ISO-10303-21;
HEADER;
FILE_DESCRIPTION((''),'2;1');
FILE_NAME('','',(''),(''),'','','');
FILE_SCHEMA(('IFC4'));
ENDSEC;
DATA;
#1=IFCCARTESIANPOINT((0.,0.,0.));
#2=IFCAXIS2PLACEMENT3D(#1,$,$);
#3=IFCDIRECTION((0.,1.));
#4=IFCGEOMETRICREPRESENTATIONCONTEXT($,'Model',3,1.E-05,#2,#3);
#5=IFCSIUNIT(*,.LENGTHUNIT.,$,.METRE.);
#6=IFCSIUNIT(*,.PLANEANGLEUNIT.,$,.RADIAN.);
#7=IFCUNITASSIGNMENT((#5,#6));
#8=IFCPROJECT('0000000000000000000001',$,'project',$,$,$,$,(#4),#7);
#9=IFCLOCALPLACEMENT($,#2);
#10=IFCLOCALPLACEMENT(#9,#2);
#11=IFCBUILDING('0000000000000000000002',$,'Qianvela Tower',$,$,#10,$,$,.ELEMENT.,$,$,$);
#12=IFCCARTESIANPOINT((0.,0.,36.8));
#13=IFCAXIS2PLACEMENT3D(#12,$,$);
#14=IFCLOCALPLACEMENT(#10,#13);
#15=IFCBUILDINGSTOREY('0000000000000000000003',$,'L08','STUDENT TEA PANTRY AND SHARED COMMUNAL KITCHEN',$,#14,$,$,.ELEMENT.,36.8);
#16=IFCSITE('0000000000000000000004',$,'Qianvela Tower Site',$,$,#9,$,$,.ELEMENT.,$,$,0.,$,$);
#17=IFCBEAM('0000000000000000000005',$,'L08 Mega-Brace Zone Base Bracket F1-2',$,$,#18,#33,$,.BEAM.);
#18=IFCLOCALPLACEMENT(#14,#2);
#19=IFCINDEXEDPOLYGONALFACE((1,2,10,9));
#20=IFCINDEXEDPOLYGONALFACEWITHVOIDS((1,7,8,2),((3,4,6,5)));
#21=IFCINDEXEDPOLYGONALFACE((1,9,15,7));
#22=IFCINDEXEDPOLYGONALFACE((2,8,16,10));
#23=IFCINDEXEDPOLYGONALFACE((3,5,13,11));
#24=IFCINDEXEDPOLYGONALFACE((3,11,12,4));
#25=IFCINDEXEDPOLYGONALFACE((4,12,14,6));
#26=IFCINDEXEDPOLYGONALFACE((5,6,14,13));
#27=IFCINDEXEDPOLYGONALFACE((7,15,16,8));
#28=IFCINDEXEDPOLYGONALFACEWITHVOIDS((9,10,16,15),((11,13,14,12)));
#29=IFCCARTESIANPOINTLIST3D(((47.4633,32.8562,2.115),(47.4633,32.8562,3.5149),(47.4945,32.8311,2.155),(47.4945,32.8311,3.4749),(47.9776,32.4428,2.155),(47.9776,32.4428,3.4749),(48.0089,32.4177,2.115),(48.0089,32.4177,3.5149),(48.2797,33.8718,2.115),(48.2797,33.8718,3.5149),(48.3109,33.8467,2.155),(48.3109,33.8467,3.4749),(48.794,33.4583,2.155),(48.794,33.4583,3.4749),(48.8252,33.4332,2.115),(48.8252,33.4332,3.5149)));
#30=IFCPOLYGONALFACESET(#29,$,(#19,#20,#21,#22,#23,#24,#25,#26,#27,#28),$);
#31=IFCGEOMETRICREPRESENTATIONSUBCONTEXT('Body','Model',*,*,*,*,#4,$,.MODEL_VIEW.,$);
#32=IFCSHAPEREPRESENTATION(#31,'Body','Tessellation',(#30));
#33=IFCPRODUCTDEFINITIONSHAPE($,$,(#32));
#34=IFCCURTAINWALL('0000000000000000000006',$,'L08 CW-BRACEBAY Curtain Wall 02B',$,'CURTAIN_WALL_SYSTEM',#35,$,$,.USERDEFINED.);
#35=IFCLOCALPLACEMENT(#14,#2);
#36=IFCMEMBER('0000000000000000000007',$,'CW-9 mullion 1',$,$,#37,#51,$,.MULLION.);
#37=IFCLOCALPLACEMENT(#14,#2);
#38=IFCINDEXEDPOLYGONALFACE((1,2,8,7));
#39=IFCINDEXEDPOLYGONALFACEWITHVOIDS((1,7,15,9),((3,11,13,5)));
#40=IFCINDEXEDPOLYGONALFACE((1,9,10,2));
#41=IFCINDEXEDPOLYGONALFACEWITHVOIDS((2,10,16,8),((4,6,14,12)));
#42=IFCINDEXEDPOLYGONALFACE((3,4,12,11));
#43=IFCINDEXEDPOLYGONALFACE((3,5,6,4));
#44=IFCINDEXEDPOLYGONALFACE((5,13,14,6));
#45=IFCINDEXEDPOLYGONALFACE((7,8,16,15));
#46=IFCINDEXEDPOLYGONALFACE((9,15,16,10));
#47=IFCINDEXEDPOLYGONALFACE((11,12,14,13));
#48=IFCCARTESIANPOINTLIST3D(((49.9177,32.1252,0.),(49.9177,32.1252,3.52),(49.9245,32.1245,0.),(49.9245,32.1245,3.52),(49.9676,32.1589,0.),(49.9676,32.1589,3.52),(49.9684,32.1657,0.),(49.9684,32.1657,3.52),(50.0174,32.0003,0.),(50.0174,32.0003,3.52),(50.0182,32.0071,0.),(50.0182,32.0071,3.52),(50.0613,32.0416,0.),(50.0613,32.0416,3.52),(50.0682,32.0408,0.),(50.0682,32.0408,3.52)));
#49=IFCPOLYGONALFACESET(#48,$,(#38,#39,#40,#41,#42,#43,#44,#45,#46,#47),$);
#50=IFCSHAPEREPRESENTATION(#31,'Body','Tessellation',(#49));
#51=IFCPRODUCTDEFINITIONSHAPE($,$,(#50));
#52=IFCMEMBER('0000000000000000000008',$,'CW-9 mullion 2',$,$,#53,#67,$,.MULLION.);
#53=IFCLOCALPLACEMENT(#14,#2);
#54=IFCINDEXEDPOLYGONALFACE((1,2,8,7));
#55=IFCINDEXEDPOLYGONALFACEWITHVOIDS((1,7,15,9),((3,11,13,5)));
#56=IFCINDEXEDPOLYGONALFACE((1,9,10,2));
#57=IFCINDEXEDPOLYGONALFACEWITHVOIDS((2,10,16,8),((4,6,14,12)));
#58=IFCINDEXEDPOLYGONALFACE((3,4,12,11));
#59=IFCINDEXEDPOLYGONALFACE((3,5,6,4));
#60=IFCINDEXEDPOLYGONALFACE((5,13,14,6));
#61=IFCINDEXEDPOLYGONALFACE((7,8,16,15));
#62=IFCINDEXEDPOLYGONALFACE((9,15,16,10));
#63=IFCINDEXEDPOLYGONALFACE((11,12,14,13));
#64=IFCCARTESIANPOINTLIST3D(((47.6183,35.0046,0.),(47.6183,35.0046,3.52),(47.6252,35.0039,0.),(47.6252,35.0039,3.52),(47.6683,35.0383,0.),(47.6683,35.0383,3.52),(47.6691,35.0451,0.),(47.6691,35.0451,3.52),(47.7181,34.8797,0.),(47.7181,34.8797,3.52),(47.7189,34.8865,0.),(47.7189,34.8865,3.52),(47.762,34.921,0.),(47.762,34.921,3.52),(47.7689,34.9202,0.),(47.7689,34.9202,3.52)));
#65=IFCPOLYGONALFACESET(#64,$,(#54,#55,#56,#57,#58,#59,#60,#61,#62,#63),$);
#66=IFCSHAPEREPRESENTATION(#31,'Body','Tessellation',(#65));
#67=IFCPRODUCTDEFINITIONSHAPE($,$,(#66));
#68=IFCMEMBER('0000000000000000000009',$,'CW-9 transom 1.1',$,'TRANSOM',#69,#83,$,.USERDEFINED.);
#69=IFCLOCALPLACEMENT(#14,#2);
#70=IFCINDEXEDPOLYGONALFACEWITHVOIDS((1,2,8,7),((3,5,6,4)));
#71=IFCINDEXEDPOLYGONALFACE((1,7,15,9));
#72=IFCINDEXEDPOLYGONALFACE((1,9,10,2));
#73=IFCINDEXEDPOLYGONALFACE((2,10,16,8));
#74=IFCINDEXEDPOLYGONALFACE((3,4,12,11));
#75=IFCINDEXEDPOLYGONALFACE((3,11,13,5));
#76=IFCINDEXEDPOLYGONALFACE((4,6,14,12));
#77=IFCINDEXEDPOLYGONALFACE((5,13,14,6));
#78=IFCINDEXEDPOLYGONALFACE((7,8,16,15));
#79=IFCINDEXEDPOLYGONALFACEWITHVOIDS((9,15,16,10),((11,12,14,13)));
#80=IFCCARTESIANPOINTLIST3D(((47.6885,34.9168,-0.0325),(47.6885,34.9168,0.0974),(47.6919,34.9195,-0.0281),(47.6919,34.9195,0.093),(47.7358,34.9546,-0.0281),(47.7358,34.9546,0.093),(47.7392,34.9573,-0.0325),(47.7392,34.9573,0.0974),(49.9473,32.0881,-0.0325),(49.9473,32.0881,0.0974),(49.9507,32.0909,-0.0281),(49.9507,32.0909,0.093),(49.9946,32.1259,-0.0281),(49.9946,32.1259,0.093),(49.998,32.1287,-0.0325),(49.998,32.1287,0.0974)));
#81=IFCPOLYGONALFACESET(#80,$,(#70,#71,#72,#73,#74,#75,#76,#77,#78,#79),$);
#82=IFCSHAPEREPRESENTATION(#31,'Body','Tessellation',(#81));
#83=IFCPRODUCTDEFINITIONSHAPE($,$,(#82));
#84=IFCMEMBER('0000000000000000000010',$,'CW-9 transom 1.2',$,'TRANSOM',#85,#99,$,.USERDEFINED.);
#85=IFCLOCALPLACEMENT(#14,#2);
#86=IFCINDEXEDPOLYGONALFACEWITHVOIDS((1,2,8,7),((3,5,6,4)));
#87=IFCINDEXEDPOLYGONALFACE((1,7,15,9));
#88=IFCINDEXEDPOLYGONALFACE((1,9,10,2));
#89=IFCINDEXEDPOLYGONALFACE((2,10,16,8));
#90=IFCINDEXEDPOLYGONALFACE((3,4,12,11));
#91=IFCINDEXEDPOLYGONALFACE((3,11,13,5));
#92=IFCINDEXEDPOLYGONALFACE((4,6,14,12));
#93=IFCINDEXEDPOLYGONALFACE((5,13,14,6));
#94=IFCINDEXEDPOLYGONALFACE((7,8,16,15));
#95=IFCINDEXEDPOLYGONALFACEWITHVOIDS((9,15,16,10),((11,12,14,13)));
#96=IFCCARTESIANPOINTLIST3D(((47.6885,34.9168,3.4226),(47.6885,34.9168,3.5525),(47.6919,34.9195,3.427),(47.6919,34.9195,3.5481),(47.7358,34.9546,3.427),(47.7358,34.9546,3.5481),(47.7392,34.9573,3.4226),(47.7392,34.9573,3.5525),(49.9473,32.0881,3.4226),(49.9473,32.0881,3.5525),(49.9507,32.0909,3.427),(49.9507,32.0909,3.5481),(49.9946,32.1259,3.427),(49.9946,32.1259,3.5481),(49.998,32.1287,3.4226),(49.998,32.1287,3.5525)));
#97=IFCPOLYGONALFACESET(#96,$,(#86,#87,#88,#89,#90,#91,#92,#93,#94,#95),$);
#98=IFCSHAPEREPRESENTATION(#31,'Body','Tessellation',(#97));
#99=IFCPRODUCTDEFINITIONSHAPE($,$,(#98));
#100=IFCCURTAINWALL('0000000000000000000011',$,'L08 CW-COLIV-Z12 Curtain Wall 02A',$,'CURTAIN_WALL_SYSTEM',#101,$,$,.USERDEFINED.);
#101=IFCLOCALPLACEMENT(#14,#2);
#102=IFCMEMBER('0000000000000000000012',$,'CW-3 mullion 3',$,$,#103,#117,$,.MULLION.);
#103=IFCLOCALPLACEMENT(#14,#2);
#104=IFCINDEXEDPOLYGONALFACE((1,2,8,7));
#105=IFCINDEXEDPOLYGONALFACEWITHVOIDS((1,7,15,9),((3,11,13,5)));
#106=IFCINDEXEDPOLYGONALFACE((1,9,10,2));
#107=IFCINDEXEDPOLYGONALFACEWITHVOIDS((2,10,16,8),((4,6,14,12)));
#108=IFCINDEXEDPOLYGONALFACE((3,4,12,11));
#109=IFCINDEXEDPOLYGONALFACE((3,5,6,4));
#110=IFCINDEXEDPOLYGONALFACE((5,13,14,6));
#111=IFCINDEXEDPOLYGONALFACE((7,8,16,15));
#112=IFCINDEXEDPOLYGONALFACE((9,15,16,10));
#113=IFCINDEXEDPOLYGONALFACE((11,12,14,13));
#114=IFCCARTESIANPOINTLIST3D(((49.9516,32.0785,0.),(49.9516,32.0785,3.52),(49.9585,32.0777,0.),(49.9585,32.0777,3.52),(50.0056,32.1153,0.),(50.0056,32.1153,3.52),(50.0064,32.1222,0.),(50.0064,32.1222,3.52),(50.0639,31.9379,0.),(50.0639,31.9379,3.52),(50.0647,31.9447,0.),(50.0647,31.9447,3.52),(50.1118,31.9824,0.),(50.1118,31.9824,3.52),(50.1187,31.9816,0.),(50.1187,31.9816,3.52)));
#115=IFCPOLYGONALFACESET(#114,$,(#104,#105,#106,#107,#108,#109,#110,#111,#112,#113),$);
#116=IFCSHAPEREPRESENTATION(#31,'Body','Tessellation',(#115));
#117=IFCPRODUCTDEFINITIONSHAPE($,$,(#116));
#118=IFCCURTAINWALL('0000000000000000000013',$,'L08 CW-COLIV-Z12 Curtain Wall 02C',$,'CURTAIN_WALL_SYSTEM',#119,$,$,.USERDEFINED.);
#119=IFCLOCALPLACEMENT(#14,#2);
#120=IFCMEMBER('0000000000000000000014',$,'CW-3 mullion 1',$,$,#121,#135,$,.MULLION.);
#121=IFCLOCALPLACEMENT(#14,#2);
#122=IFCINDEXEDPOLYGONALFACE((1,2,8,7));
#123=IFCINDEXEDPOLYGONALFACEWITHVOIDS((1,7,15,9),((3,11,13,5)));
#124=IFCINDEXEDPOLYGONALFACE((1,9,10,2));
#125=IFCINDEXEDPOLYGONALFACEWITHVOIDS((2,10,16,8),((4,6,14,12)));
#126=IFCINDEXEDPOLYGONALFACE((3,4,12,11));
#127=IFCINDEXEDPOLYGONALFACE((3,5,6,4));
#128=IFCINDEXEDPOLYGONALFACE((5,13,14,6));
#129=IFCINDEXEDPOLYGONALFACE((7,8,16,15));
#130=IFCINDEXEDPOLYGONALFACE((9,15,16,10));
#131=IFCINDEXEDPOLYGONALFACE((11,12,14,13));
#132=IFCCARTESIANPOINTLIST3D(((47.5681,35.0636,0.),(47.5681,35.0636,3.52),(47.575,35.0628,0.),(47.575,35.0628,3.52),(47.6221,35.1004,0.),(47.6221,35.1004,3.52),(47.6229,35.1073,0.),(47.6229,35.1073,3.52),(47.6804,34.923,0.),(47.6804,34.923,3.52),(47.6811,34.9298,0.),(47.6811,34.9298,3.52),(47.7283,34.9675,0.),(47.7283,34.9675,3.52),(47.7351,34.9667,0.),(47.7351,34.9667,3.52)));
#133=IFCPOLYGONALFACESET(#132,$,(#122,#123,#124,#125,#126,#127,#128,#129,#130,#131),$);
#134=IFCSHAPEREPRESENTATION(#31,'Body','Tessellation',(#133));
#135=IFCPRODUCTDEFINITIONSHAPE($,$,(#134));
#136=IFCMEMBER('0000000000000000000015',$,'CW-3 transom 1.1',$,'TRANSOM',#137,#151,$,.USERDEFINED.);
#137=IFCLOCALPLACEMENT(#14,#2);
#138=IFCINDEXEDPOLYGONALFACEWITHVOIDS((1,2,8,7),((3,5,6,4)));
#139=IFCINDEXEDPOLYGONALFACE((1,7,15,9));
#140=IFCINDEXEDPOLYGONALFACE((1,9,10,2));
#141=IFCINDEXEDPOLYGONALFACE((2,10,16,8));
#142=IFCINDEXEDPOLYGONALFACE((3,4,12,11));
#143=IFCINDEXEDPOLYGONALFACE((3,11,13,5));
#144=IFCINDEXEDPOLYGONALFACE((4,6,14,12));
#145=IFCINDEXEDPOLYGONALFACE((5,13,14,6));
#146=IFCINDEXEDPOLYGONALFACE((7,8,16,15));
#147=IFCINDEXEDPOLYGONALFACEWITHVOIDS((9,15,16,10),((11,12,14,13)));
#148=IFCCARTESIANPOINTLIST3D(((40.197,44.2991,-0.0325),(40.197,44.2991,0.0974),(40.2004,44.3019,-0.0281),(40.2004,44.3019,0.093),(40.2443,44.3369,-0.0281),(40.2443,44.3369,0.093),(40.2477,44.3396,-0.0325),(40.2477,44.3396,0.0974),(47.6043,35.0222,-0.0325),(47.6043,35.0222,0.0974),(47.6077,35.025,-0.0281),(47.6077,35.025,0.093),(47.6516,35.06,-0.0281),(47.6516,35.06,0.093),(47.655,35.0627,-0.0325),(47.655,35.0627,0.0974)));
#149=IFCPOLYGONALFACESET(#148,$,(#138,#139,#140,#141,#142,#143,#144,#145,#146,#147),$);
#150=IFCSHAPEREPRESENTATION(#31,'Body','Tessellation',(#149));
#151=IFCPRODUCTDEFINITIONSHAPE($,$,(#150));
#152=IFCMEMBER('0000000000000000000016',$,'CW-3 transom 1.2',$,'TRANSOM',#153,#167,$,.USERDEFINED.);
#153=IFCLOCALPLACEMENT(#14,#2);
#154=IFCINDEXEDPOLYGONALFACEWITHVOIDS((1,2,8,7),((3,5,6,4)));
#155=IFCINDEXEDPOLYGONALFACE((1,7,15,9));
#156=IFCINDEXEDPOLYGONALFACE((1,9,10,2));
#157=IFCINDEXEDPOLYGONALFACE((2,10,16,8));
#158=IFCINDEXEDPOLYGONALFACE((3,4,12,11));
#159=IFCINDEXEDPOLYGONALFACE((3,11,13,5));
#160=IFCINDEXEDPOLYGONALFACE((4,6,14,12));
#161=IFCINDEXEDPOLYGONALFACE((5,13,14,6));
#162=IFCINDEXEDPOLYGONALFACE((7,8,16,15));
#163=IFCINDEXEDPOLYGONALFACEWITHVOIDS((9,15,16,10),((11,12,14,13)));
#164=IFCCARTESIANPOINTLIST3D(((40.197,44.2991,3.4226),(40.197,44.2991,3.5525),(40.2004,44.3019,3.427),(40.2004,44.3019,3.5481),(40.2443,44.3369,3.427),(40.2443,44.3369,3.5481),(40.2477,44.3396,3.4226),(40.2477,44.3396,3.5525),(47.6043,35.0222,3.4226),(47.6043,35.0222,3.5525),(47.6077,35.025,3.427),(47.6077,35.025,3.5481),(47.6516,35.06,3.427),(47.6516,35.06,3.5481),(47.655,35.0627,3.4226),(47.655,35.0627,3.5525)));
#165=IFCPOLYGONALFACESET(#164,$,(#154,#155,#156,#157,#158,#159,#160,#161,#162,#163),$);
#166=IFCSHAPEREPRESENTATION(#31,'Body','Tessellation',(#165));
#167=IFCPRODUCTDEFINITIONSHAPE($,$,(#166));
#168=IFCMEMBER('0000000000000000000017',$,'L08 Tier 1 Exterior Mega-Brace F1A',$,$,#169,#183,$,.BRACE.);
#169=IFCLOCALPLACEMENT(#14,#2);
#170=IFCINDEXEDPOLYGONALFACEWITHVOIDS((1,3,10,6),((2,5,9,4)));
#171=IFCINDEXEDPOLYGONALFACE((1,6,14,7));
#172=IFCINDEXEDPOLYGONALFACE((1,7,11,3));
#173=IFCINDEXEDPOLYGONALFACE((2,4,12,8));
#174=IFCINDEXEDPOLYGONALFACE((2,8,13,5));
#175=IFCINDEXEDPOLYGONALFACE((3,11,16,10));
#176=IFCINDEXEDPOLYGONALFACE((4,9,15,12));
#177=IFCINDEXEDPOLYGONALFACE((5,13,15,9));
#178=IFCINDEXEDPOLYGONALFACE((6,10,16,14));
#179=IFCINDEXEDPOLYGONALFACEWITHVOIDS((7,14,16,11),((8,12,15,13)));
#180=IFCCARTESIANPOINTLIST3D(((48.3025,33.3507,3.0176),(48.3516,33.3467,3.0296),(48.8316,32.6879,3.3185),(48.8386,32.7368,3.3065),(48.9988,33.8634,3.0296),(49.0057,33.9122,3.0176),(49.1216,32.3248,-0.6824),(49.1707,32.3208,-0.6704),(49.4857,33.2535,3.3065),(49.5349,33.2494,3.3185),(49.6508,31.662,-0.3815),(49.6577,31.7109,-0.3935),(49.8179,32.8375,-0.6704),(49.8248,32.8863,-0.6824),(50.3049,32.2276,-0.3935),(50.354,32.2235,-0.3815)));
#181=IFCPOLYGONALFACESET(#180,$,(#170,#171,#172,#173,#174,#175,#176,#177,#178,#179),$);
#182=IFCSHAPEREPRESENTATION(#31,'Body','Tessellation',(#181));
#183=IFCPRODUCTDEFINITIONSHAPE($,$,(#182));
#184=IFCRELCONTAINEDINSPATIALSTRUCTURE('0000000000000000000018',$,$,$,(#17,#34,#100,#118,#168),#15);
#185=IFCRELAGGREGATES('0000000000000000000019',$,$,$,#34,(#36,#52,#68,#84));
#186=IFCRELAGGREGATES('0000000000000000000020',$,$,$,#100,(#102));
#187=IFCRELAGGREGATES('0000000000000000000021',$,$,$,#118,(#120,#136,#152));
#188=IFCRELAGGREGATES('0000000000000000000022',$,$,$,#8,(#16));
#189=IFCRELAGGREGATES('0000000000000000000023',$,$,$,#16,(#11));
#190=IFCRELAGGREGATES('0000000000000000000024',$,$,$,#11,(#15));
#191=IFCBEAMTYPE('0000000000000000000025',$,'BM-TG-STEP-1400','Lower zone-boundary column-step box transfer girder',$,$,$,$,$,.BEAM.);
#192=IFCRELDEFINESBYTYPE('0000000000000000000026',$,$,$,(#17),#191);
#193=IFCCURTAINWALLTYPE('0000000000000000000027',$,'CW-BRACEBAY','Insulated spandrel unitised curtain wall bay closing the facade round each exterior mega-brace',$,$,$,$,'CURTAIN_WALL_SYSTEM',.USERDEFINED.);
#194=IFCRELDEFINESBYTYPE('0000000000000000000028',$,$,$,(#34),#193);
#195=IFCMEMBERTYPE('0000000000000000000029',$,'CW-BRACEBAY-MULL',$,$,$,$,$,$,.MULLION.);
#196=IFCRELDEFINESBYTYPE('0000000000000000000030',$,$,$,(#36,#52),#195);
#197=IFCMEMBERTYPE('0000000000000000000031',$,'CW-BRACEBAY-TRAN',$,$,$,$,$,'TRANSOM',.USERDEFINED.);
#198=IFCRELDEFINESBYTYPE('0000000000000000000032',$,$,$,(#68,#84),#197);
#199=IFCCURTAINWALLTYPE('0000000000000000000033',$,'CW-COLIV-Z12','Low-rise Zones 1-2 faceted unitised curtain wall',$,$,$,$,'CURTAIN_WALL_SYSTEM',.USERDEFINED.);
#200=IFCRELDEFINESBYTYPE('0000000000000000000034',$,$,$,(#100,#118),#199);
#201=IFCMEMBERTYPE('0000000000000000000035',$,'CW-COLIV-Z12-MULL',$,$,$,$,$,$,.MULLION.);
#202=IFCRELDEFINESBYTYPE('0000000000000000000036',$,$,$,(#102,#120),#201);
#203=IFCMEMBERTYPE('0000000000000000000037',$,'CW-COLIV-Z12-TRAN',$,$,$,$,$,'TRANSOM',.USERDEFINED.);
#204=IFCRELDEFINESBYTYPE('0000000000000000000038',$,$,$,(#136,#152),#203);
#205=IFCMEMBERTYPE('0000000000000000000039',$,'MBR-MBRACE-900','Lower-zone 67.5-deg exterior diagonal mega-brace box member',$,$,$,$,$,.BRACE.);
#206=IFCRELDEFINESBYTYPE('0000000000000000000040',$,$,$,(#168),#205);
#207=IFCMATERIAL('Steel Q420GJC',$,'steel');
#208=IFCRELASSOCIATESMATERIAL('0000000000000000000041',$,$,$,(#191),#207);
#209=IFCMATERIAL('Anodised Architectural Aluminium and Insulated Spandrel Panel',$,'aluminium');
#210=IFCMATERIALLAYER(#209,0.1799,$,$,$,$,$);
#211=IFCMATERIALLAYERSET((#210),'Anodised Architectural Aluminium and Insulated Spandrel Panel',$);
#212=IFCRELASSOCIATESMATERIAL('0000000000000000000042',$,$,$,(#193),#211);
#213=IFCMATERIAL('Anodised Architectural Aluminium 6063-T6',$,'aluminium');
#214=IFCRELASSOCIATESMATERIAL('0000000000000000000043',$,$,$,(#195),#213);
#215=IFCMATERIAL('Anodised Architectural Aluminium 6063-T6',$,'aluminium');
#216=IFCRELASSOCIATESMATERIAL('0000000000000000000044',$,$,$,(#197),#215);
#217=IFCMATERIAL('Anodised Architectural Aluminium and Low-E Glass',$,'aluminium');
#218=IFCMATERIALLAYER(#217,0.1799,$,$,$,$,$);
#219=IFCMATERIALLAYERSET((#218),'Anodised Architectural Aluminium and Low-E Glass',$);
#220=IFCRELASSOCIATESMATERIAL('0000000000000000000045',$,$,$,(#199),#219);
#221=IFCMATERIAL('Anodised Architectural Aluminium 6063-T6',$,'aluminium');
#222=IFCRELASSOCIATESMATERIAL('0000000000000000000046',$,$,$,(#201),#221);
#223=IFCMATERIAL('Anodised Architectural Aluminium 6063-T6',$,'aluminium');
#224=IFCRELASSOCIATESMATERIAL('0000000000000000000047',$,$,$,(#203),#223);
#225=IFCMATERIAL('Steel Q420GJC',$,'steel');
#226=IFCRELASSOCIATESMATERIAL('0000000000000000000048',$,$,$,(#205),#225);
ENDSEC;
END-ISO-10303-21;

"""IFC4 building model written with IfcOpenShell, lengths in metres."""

from ifc_helpers import new_model, si_unit, direction, frame, origin, origin_2d, place, context, subcontext, project, spatial, hollow_rectangle, extrude, material, layer, layer_set, material_profile, profile_set, type_object, element, aggregate, save


model = new_model("IFC4")

# Units and contexts
model_context = context("Model", 3, precision=1e-05, world=origin(), true_north=direction((0.0, 1.0)))
body_context = subcontext(model_context, "Body", "Model", "MODEL_VIEW")
ifc_project = project(units=[si_unit("LENGTHUNIT", "METRE"), si_unit("PLANEANGLEUNIT", "RADIAN")], contexts=[model_context])

# Site, building, storey
site_placement = place(None, origin())
site = spatial("IfcSite", under=ifc_project, at=site_placement, Name="Qianvela Tower Site", CompositionType="ELEMENT", RefElevation=0.0)
building_placement = place(site_placement, origin())
building = spatial("IfcBuilding", under=site, at=building_placement, Name="Qianvela Tower", CompositionType="ELEMENT")
storey_placement = place(building_placement, frame((0.0, 0.0, 36.8)))
storey = spatial("IfcBuildingStorey", under=building, at=storey_placement, Name="L08", Description="STUDENT TEA PANTRY AND SHARED COMMUNAL KITCHEN", CompositionType="ELEMENT", Elevation=36.8)

# Beam
ifc_material_1 = material(Name="Steel Q420GJC", Category="steel")
ifc_material_profile_1 = material_profile(ifc_material_1, hollow_rectangle(XDim=0.7, YDim=1.3999, WallThickness=0.04, at=origin_2d()), Name="TG-BOX-1400x700x40")
ifc_profile_set_1 = profile_set([ifc_material_profile_1], Name="Steel Q420GJC")
beam_type_1 = type_object("IfcBeamType", Name="BM-TG-STEP-1400", Description="Lower zone-boundary column-step box transfer girder", PredefinedType="BEAM", material=ifc_profile_set_1)
beam_1_placement = place(storey_placement, frame((47.7361, 32.637, 2.8149), z_axis=(0.626521, 0.779404, 0.0), x_axis=(-0.779404, 0.626521, 0.0)))
element("IfcBeam", 1, at=beam_1_placement, inside=storey, type_object=beam_type_1, Name="L08 Mega-Brace Zone Base Bracket F1-2", PredefinedType="BEAM", context=body_context, shape_type="SweptSolid", body=[
    extrude(hollow_rectangle(XDim=0.7, YDim=1.3999, WallThickness=0.04, at=origin_2d()), origin(), (0.0, 0.0, 1.0), 1.303),
])

# Curtain wall, members
ifc_material_2 = material(Name="Anodised Architectural Aluminium and Insulated Spandrel Panel", Category="aluminium")
ifc_layer_1 = layer(ifc_material_2, 0.1799)
ifc_layer_set_1 = layer_set([ifc_layer_1], Name="Anodised Architectural Aluminium and Insulated Spandrel Panel")
curtain_wall_type_1 = type_object("IfcCurtainWallType", Name="CW-BRACEBAY", Description="Insulated spandrel unitised curtain wall bay closing the facade round each exterior mega-brace", ElementType="CURTAIN_WALL_SYSTEM", PredefinedType="USERDEFINED", material=ifc_layer_set_1)
curtain_wall_1_placement = place(storey_placement, origin())
curtain_wall_1 = element("IfcCurtainWall", 2, at=curtain_wall_1_placement, inside=storey, type_object=curtain_wall_type_1, Name="L08 CW-BRACEBAY Curtain Wall 02B", ObjectType="CURTAIN_WALL_SYSTEM", PredefinedType="USERDEFINED")
ifc_material_3 = material(Name="Anodised Architectural Aluminium 6063-T6", Category="aluminium")
ifc_material_profile_2 = material_profile(ifc_material_3, hollow_rectangle(XDim=0.0649, YDim=0.1599, WallThickness=0.0049, at=origin_2d()), Name="ALU-MULL-65x160")
ifc_profile_set_2 = profile_set([ifc_material_profile_2], Name="Anodised Architectural Aluminium 6063-T6")
member_type_1 = type_object("IfcMemberType", Name="CW-BRACEBAY-MULL", PredefinedType="MULLION", material=ifc_profile_set_2)
member_1_placement = place(storey_placement, frame((49.9929, 32.083, 0.0), z_axis=(0.0, 0.0, 1.0), x_axis=(-0.781443, -0.623976, 0.0)))
member_1 = element("IfcMember", 3, at=member_1_placement, type_object=member_type_1, Name="CW-9 mullion 1", PredefinedType="MULLION", context=body_context, shape_type="SweptSolid", body=[
    extrude(hollow_rectangle(XDim=0.0649, YDim=0.1599, WallThickness=0.0049, at=origin_2d()), origin(), (0.0, 0.0, 1.0), 3.52),
])
member_2_placement = place(storey_placement, frame((47.6936, 34.9624, 0.0), z_axis=(0.0, 0.0, 1.0), x_axis=(-0.781443, -0.623976, 0.0)))
member_2 = element("IfcMember", 4, at=member_2_placement, type_object=member_type_1, Name="CW-9 mullion 2", PredefinedType="MULLION", context=body_context, shape_type="SweptSolid", body=[
    extrude(hollow_rectangle(XDim=0.0649, YDim=0.1599, WallThickness=0.0049, at=origin_2d()), origin(), (0.0, 0.0, 1.0), 3.52),
])
ifc_material_4 = material(Name="Anodised Architectural Aluminium 6063-T6", Category="aluminium")
ifc_material_profile_3 = material_profile(ifc_material_4, hollow_rectangle(XDim=0.0649, YDim=0.1299, WallThickness=0.0044, at=origin_2d()), Name="ALU-TRAN-65x130")
ifc_profile_set_3 = profile_set([ifc_material_profile_3], Name="Anodised Architectural Aluminium 6063-T6")
member_type_2 = type_object("IfcMemberType", Name="CW-BRACEBAY-TRAN", ElementType="TRANSOM", PredefinedType="USERDEFINED", material=ifc_profile_set_3)
member_3_placement = place(storey_placement, frame((49.9727, 32.1084, 0.0325), z_axis=(-0.624004, 0.781421, 0.0), x_axis=(-0.781421, -0.624004, 0.0)))
member_3 = element("IfcMember", 5, at=member_3_placement, type_object=member_type_2, Name="CW-9 transom 1.1", ObjectType="TRANSOM", PredefinedType="USERDEFINED", context=body_context, shape_type="SweptSolid", body=[
    extrude(hollow_rectangle(XDim=0.0649, YDim=0.1299, WallThickness=0.0044, at=origin_2d()), origin(), (0.0, 0.0, 1.0), 3.6199),
])
member_4_placement = place(storey_placement, frame((49.9727, 32.1084, 3.4875), z_axis=(-0.624004, 0.781421, 0.0), x_axis=(-0.781421, -0.624004, 0.0)))
member_4 = element("IfcMember", 6, at=member_4_placement, type_object=member_type_2, Name="CW-9 transom 1.2", ObjectType="TRANSOM", PredefinedType="USERDEFINED", context=body_context, shape_type="SweptSolid", body=[
    extrude(hollow_rectangle(XDim=0.0649, YDim=0.1299, WallThickness=0.0044, at=origin_2d()), origin(), (0.0, 0.0, 1.0), 3.6199),
])

# Curtain wall, member
ifc_material_5 = material(Name="Anodised Architectural Aluminium and Low-E Glass", Category="aluminium")
ifc_layer_2 = layer(ifc_material_5, 0.1799)
ifc_layer_set_2 = layer_set([ifc_layer_2], Name="Anodised Architectural Aluminium and Low-E Glass")
curtain_wall_type_2 = type_object("IfcCurtainWallType", Name="CW-COLIV-Z12", Description="Low-rise Zones 1-2 faceted unitised curtain wall", ElementType="CURTAIN_WALL_SYSTEM", PredefinedType="USERDEFINED", material=ifc_layer_set_2)
curtain_wall_2_placement = place(storey_placement, origin())
curtain_wall_2 = element("IfcCurtainWall", 7, at=curtain_wall_2_placement, inside=storey, type_object=curtain_wall_type_2, Name="L08 CW-COLIV-Z12 Curtain Wall 02A", ObjectType="CURTAIN_WALL_SYSTEM", PredefinedType="USERDEFINED")
ifc_material_6 = material(Name="Anodised Architectural Aluminium 6063-T6", Category="aluminium")
ifc_material_profile_4 = material_profile(ifc_material_6, hollow_rectangle(XDim=0.0701, YDim=0.1799, WallThickness=0.0049, at=origin_2d()), Name="ALU-MULL-70x180")
ifc_profile_set_4 = profile_set([ifc_material_profile_4], Name="Anodised Architectural Aluminium 6063-T6")
member_type_3 = type_object("IfcMemberType", Name="CW-COLIV-Z12-MULL", PredefinedType="MULLION", material=ifc_profile_set_4)
member_5_placement = place(storey_placement, frame((50.0352, 32.03, 0.0), z_axis=(0.0, 0.0, 1.0), x_axis=(-0.781444, -0.623975, 0.0)))
member_5 = element("IfcMember", 8, at=member_5_placement, type_object=member_type_3, Name="CW-3 mullion 3", PredefinedType="MULLION", context=body_context, shape_type="SweptSolid", body=[
    extrude(hollow_rectangle(XDim=0.0701, YDim=0.1799, WallThickness=0.0049, at=origin_2d()), origin(), (0.0, 0.0, 1.0), 3.52),
])

# Curtain wall, members
curtain_wall_3_placement = place(storey_placement, origin())
curtain_wall_3 = element("IfcCurtainWall", 9, at=curtain_wall_3_placement, inside=storey, type_object=curtain_wall_type_2, Name="L08 CW-COLIV-Z12 Curtain Wall 02C", ObjectType="CURTAIN_WALL_SYSTEM", PredefinedType="USERDEFINED")
member_6_placement = place(storey_placement, frame((47.6516, 35.0151, 0.0), z_axis=(0.0, 0.0, 1.0), x_axis=(-0.781444, -0.623975, 0.0)))
member_6 = element("IfcMember", 10, at=member_6_placement, type_object=member_type_3, Name="CW-3 mullion 1", PredefinedType="MULLION", context=body_context, shape_type="SweptSolid", body=[
    extrude(hollow_rectangle(XDim=0.0701, YDim=0.1799, WallThickness=0.0049, at=origin_2d()), origin(), (0.0, 0.0, 1.0), 3.52),
])
ifc_material_7 = material(Name="Anodised Architectural Aluminium 6063-T6", Category="aluminium")
ifc_material_profile_5 = material_profile(ifc_material_7, hollow_rectangle(XDim=0.0649, YDim=0.1299, WallThickness=0.0044, at=origin_2d()), Name="ALU-TRAN-65x130")
ifc_profile_set_5 = profile_set([ifc_material_profile_5], Name="Anodised Architectural Aluminium 6063-T6")
member_type_4 = type_object("IfcMemberType", Name="CW-COLIV-Z12-TRAN", ElementType="TRANSOM", PredefinedType="USERDEFINED", material=ifc_profile_set_5)
member_7_placement = place(storey_placement, frame((47.6296, 35.0425, 0.0325), z_axis=(-0.623962, 0.781454, 0.0), x_axis=(-0.781454, -0.623962, 0.0)))
member_7 = element("IfcMember", 11, at=member_7_placement, type_object=member_type_4, Name="CW-3 transom 1.1", ObjectType="TRANSOM", PredefinedType="USERDEFINED", context=body_context, shape_type="SweptSolid", body=[
    extrude(hollow_rectangle(XDim=0.0649, YDim=0.1299, WallThickness=0.0044, at=origin_2d()), origin(), (0.0, 0.0, 1.0), 11.8713),
])
member_8_placement = place(storey_placement, frame((47.6296, 35.0425, 3.4875), z_axis=(-0.623962, 0.781454, 0.0), x_axis=(-0.781454, -0.623962, 0.0)))
member_8 = element("IfcMember", 12, at=member_8_placement, type_object=member_type_4, Name="CW-3 transom 1.2", ObjectType="TRANSOM", PredefinedType="USERDEFINED", context=body_context, shape_type="SweptSolid", body=[
    extrude(hollow_rectangle(XDim=0.0649, YDim=0.1299, WallThickness=0.0044, at=origin_2d()), origin(), (0.0, 0.0, 1.0), 11.8713),
])

# Member
ifc_material_8 = material(Name="Steel Q420GJC", Category="steel")
ifc_material_profile_6 = material_profile(ifc_material_8, hollow_rectangle(XDim=0.8999, YDim=0.8999, WallThickness=0.0359, at=origin_2d()), Name="MBOX-900x900x36")
ifc_profile_set_6 = profile_set([ifc_material_profile_6], Name="Steel Q420GJC")
member_type_5 = type_object("IfcMemberType", Name="MBR-MBRACE-900", Description="Lower-zone 67.5-deg exterior diagonal mega-brace box member", PredefinedType="BRACE", material=ifc_profile_set_6)
member_9_placement = place(storey_placement, frame((49.7378, 32.2742, -0.532), z_axis=(-0.208636, 0.261308, 0.942438), x_axis=(-0.781467, -0.623946, 0.0)))
element("IfcMember", 13, at=member_9_placement, inside=storey, type_object=member_type_5, Name="L08 Tier 1 Exterior Mega-Brace F1A", PredefinedType="BRACE", context=body_context, shape_type="SweptSolid", body=[
    extrude(hollow_rectangle(XDim=0.8999, YDim=0.8999, WallThickness=0.0359, at=origin_2d()), origin(), (0.0, 0.0, 1.0), 3.926),
])

aggregate(curtain_wall_1, [member_1, member_2, member_3, member_4])
aggregate(curtain_wall_2, [member_5])
aggregate(curtain_wall_3, [member_6, member_7, member_8])

save(model, "model.ifc")
